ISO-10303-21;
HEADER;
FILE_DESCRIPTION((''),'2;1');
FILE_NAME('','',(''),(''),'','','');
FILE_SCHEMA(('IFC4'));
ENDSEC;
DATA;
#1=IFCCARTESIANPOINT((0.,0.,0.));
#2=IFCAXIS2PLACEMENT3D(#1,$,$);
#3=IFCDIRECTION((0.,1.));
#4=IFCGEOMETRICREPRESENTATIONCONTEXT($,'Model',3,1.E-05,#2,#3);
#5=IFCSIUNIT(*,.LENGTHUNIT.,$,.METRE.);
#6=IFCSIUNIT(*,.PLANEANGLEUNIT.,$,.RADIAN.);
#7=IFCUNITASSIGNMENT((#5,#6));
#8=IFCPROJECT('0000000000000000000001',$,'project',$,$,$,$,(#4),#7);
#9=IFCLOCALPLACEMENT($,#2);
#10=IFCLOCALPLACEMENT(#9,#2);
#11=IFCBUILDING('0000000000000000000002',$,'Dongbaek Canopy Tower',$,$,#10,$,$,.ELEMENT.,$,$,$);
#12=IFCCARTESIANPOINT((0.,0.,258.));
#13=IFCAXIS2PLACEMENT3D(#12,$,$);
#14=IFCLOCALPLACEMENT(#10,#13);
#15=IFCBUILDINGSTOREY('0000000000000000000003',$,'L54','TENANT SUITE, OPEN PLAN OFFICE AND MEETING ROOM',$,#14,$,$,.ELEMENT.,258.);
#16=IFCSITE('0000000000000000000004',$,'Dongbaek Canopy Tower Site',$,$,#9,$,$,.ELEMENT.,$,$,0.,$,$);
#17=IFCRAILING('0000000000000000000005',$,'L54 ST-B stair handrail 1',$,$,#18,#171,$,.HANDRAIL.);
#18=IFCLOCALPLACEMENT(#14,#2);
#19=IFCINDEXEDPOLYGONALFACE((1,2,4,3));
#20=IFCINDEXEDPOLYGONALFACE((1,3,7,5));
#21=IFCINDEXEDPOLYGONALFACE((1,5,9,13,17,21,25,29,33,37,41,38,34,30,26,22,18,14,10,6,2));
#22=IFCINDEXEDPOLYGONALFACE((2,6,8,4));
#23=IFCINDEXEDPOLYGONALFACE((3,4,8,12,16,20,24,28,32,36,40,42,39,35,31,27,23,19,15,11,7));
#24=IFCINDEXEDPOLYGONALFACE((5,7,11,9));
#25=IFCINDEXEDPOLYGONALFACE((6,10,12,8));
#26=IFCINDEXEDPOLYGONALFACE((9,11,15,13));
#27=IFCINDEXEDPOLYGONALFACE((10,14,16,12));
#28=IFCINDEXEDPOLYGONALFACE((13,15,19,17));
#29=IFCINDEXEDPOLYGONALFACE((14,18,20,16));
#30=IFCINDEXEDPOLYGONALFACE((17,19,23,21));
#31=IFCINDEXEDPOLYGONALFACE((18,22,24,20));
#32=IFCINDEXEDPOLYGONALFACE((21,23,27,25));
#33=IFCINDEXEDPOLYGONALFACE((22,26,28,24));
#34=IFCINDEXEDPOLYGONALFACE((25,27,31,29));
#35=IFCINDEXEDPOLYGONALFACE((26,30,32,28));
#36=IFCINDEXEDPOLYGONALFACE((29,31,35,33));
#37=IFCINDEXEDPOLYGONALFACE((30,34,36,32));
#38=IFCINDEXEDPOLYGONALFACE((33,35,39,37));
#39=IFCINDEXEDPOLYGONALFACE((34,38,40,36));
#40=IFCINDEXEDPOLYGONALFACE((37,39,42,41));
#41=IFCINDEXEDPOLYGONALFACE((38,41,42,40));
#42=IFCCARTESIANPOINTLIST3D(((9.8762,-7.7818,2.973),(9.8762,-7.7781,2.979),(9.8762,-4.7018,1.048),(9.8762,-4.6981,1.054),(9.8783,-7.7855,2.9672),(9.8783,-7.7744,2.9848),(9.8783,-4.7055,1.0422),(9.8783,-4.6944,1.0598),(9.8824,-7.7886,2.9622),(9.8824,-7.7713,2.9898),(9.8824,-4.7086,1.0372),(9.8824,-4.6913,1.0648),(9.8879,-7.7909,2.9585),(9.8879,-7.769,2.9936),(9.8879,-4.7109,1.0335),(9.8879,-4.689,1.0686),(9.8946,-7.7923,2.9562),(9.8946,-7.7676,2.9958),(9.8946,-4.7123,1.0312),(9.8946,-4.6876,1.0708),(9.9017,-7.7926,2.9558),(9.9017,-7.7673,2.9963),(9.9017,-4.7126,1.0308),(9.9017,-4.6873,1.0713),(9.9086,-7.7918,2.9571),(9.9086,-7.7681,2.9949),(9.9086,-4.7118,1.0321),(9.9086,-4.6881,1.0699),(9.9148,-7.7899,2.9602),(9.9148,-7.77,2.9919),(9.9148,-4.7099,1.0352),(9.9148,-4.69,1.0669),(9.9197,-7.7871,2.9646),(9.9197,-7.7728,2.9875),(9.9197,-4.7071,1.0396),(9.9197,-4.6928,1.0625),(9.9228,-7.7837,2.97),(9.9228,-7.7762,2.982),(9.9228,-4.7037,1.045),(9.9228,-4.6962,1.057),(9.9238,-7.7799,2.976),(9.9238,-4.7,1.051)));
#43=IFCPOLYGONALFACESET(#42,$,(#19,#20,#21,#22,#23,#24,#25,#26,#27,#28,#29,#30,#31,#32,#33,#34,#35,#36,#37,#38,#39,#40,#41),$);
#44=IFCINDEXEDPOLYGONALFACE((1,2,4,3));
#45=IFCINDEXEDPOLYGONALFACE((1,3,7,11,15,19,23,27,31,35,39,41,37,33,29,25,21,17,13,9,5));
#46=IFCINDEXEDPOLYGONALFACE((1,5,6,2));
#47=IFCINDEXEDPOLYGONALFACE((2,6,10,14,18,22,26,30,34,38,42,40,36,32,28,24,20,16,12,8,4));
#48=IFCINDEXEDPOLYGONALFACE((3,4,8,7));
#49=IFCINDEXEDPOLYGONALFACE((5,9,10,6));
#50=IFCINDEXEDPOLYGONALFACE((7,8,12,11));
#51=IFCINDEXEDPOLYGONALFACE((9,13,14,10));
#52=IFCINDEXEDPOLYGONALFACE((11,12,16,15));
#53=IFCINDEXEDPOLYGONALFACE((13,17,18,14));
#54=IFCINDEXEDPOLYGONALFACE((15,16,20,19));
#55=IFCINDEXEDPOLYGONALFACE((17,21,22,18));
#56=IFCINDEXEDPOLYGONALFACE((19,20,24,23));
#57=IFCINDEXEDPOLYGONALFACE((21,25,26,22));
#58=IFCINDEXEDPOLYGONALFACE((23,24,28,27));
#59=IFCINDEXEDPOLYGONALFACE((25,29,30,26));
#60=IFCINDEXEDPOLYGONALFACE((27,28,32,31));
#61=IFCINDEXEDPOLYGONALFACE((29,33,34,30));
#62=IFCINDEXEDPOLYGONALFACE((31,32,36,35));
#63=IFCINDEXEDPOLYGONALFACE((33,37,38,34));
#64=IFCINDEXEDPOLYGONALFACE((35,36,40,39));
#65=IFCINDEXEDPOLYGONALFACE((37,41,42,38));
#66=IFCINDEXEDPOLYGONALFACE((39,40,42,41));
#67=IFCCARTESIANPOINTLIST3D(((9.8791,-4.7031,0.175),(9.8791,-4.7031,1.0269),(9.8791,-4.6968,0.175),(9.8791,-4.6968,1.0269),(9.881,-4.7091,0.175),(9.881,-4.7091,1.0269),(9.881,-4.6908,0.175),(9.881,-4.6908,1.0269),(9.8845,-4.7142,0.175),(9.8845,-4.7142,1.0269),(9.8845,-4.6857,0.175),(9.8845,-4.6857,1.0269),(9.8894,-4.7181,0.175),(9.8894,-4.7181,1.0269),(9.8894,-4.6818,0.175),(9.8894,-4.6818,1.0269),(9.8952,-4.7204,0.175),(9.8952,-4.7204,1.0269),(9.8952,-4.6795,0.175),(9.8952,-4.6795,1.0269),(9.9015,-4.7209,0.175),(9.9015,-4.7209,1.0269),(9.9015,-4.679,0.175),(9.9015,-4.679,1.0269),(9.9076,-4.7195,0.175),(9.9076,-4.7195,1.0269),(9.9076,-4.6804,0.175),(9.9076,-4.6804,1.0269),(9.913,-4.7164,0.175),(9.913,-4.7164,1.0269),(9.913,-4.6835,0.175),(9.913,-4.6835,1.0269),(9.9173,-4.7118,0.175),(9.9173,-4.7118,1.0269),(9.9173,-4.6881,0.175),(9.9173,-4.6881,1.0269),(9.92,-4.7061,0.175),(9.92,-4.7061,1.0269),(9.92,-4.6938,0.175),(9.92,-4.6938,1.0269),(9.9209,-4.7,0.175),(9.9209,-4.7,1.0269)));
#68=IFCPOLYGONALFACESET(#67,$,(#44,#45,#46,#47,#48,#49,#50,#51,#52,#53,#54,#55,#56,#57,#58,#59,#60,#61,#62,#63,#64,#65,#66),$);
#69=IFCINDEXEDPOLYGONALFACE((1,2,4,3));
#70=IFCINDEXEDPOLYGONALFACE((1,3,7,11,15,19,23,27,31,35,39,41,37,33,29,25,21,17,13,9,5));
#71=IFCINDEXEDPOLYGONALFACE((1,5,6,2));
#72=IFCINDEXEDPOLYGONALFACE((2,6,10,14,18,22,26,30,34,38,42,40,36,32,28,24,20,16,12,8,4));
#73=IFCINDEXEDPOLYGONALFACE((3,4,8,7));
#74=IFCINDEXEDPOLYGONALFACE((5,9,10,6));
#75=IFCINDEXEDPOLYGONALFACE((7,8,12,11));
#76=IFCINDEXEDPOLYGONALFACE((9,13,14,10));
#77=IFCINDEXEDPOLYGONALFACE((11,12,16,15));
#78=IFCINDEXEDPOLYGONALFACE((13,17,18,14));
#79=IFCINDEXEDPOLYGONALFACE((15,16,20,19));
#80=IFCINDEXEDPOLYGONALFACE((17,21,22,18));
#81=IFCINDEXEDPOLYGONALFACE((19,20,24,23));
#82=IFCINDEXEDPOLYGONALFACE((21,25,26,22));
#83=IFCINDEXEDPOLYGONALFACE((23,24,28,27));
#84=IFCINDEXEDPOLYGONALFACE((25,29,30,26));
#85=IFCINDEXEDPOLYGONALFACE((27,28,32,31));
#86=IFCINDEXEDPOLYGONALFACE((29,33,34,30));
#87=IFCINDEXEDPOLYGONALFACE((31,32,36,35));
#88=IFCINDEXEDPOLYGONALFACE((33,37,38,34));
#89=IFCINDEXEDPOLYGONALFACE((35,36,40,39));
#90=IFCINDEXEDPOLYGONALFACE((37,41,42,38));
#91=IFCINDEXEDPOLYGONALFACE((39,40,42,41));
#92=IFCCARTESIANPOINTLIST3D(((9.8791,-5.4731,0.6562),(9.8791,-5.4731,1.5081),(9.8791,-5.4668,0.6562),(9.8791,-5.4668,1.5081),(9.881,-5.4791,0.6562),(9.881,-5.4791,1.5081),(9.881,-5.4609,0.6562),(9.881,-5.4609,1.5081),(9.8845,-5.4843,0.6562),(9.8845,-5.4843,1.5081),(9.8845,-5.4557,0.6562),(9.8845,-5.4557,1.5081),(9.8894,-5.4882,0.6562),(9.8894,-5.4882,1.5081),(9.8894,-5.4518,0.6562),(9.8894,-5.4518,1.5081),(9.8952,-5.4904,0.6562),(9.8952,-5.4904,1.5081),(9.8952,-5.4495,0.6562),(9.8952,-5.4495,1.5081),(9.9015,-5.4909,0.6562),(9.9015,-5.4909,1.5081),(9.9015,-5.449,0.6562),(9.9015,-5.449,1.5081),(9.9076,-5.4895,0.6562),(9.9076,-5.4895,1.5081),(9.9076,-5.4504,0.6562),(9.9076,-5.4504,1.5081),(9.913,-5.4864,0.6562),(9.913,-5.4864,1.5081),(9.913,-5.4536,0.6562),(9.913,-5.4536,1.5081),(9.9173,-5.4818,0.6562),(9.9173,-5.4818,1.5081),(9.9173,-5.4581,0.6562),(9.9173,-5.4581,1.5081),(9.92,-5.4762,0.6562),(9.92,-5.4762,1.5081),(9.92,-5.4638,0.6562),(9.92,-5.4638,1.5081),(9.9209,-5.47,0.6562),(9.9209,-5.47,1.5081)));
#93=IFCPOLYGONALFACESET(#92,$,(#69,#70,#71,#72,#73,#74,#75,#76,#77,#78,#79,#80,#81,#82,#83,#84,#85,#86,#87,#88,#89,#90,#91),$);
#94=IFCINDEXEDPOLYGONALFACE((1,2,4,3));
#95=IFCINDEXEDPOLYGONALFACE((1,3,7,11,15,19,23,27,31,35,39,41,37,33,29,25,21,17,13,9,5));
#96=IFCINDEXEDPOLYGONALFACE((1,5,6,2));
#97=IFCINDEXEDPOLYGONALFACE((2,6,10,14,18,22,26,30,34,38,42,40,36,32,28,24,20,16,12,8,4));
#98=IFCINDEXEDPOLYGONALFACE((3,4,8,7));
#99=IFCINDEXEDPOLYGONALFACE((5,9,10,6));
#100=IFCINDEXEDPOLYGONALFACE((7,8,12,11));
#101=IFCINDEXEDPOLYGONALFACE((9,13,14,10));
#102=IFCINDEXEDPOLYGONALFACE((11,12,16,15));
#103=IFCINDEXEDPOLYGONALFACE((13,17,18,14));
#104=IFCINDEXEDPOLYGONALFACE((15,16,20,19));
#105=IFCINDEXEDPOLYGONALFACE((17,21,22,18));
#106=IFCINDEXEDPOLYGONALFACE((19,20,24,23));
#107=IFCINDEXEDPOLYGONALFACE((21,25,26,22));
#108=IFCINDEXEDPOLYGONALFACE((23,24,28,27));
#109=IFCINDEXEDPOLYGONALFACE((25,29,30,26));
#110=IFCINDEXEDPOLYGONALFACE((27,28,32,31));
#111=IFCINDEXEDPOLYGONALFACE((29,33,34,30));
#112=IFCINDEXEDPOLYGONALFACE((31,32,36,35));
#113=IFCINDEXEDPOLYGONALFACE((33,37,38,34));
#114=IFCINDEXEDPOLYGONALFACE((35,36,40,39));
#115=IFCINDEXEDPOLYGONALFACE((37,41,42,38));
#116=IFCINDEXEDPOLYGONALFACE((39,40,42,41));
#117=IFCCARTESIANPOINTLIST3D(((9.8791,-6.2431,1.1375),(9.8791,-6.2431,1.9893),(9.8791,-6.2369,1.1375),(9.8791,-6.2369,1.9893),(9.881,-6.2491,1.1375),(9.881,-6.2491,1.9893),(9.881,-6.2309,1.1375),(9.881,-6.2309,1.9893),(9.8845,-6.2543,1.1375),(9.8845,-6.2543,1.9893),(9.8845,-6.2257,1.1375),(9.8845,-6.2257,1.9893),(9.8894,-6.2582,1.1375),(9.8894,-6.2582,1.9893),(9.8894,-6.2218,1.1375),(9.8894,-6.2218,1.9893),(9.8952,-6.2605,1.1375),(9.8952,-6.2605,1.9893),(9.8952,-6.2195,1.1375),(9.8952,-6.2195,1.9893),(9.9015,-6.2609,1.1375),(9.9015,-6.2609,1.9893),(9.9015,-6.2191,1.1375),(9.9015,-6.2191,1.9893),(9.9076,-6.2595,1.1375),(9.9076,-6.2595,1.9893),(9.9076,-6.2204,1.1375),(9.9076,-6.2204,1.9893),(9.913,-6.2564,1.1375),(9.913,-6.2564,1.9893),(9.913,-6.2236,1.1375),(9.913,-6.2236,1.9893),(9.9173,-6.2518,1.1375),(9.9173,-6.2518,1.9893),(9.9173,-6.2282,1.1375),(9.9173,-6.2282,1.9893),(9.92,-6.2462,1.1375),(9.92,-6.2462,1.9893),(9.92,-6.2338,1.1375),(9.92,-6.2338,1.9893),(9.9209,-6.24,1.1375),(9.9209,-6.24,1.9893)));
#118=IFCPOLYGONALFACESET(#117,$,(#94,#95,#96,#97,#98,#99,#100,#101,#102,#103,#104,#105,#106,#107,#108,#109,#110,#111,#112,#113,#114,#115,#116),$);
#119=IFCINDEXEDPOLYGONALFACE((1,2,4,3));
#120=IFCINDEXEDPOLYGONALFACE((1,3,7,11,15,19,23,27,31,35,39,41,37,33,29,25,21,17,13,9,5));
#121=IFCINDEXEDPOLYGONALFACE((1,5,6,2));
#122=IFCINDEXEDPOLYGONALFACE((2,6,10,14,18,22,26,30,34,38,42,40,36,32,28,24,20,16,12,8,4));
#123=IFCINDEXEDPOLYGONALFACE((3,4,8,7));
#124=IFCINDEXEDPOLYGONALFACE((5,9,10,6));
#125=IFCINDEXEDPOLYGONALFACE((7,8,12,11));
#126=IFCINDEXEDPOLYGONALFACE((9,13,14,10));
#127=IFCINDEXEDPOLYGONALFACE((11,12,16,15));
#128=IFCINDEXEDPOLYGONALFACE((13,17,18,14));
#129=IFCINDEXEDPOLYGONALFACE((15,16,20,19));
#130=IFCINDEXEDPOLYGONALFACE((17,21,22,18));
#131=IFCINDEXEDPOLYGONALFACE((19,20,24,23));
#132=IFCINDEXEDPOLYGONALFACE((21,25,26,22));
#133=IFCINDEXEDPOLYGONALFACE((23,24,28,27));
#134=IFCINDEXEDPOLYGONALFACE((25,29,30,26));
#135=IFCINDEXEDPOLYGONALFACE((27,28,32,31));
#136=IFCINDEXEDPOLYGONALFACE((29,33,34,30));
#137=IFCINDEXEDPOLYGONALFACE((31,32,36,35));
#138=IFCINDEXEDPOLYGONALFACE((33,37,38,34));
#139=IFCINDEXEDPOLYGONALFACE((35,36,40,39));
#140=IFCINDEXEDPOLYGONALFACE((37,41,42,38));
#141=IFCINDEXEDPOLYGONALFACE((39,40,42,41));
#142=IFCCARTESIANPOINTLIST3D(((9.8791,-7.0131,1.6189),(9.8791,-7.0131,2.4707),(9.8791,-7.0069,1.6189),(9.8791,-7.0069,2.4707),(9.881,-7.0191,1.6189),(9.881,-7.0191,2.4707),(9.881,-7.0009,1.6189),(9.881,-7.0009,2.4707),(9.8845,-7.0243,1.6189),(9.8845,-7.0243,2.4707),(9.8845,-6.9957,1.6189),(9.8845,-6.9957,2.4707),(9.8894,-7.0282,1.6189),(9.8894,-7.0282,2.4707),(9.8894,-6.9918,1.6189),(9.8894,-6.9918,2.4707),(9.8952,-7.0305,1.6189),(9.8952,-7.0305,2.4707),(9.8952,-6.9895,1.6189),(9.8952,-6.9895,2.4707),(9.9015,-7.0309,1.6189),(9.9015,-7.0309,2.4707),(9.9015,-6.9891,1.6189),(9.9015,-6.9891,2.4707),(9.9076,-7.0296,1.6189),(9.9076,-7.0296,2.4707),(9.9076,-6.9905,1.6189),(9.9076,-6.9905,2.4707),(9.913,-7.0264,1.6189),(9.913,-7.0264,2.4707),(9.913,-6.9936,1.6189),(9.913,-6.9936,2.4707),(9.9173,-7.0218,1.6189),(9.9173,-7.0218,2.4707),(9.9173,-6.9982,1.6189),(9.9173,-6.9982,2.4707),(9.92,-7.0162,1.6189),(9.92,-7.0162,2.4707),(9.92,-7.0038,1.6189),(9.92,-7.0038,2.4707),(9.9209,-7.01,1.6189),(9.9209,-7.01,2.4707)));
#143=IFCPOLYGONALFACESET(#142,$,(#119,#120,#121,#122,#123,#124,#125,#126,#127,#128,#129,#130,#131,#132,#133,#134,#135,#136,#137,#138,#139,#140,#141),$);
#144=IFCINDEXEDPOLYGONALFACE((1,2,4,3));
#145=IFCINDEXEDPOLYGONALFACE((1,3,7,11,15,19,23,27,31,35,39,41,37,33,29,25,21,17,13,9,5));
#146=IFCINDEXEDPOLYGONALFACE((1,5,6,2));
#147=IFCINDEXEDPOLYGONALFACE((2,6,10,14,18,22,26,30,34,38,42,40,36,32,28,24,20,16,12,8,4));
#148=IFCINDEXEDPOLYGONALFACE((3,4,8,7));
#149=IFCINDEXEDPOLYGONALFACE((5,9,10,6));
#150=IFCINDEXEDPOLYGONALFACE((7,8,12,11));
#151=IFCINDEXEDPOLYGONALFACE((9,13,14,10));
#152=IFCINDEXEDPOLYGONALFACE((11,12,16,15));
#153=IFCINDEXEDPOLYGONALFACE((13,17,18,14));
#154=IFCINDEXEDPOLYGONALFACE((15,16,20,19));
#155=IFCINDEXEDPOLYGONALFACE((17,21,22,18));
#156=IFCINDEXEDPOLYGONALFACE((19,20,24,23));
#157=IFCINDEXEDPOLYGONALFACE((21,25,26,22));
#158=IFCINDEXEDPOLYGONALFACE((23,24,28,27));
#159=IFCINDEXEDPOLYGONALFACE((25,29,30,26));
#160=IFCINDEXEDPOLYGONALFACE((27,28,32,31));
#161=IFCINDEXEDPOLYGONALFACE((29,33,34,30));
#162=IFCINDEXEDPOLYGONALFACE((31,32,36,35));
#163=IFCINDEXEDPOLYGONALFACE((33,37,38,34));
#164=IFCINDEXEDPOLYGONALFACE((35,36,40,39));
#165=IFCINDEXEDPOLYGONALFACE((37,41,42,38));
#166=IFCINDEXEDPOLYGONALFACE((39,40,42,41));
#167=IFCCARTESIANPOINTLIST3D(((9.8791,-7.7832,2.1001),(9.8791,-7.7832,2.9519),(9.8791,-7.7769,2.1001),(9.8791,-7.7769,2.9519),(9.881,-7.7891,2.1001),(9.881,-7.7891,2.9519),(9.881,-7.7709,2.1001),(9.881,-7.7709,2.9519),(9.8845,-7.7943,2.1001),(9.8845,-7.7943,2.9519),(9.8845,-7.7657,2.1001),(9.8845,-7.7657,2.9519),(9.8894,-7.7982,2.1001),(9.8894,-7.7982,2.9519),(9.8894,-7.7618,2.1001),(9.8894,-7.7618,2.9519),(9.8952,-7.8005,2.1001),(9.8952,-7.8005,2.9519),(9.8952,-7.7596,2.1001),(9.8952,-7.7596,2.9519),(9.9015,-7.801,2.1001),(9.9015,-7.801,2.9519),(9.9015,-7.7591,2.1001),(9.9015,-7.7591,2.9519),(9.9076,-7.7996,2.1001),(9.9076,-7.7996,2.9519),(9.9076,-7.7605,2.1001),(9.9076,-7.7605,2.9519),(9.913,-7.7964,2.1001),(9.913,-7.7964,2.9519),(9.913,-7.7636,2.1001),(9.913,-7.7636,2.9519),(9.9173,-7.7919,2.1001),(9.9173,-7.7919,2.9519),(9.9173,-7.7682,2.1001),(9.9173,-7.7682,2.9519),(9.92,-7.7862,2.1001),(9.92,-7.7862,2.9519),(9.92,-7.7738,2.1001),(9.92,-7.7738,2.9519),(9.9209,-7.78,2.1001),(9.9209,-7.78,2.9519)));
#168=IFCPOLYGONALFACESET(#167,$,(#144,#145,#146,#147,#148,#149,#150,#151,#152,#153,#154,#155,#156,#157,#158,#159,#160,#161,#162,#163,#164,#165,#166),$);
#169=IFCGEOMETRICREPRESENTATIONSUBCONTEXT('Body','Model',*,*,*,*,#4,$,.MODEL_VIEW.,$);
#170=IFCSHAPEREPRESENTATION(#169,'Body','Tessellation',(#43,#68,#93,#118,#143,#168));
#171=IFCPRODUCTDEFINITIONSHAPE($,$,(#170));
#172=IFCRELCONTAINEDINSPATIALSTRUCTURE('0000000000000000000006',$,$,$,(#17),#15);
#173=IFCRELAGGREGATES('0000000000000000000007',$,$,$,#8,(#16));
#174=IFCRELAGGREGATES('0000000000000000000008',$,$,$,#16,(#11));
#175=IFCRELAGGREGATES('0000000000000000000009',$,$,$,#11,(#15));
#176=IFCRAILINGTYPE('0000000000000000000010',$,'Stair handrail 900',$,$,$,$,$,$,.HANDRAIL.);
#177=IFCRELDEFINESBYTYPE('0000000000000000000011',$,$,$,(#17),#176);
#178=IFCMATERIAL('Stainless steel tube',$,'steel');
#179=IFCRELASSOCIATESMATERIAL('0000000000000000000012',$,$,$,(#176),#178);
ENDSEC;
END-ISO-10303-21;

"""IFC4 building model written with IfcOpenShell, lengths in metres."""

from ifc_helpers import new_model, si_unit, direction, frame, origin, origin_2d, place, context, subcontext, project, spatial, circle, extrude, material, type_object, element, save


model = new_model("IFC4")

# Units and contexts
model_context = context("Model", 3, precision=1e-05, world=origin(), true_north=direction((0.0, 1.0)))
body_context = subcontext(model_context, "Body", "Model", "MODEL_VIEW")
ifc_project = project(units=[si_unit("LENGTHUNIT", "METRE"), si_unit("PLANEANGLEUNIT", "RADIAN")], contexts=[model_context])

# Site, building, storey
site_placement = place(None, origin())
site = spatial("IfcSite", under=ifc_project, at=site_placement, Name="Dongbaek Canopy Tower Site", CompositionType="ELEMENT", RefElevation=0.0)
building_placement = place(site_placement, origin())
building = spatial("IfcBuilding", under=site, at=building_placement, Name="Dongbaek Canopy Tower", CompositionType="ELEMENT")
storey_placement = place(building_placement, frame((0.0, 0.0, 258.0)))
storey = spatial("IfcBuildingStorey", under=building, at=storey_placement, Name="L54", Description="TENANT SUITE, OPEN PLAN OFFICE AND MEETING ROOM", CompositionType="ELEMENT", Elevation=258.0)

# Railing
ifc_material_1 = material(Name="Stainless steel tube", Category="steel")
railing_type = type_object("IfcRailingType", Name="Stair handrail 900", PredefinedType="HANDRAIL", material=ifc_material_1)
railing_placement = place(storey_placement, frame((9.8999, -4.7, 0.175)))
element("IfcRailing", 1, at=railing_placement, inside=storey, type_object=railing_type, Name="L54 ST-B stair handrail 1", PredefinedType="HANDRAIL", context=body_context, shape_type="SweptSolid", body=[
    extrude(circle(Radius=0.0239, at=origin_2d()), frame((0.0, 0.0, 0.876), z_axis=(0.0, -0.847998, 0.529999), x_axis=(1.0, 0.0, 0.0)), (0.0, 0.0, 1.0), 3.6321),
    extrude(circle(Radius=0.021, at=origin_2d()), origin(), (0.0, 0.0, 1.0), 0.8518),
    extrude(circle(Radius=0.021, at=origin_2d()), frame((0.0, -0.77, 0.4812)), (0.0, 0.0, 1.0), 0.8518),
    extrude(circle(Radius=0.021, at=origin_2d()), frame((0.0, -1.54, 0.9624)), (0.0, 0.0, 1.0), 0.8518),
    extrude(circle(Radius=0.021, at=origin_2d()), frame((0.0, -2.3101, 1.4438)), (0.0, 0.0, 1.0), 0.8518),
    extrude(circle(Radius=0.021, at=origin_2d()), frame((0.0, -3.0801, 1.925)), (0.0, 0.0, 1.0), 0.8518),
])

save(model, "model.ifc")
